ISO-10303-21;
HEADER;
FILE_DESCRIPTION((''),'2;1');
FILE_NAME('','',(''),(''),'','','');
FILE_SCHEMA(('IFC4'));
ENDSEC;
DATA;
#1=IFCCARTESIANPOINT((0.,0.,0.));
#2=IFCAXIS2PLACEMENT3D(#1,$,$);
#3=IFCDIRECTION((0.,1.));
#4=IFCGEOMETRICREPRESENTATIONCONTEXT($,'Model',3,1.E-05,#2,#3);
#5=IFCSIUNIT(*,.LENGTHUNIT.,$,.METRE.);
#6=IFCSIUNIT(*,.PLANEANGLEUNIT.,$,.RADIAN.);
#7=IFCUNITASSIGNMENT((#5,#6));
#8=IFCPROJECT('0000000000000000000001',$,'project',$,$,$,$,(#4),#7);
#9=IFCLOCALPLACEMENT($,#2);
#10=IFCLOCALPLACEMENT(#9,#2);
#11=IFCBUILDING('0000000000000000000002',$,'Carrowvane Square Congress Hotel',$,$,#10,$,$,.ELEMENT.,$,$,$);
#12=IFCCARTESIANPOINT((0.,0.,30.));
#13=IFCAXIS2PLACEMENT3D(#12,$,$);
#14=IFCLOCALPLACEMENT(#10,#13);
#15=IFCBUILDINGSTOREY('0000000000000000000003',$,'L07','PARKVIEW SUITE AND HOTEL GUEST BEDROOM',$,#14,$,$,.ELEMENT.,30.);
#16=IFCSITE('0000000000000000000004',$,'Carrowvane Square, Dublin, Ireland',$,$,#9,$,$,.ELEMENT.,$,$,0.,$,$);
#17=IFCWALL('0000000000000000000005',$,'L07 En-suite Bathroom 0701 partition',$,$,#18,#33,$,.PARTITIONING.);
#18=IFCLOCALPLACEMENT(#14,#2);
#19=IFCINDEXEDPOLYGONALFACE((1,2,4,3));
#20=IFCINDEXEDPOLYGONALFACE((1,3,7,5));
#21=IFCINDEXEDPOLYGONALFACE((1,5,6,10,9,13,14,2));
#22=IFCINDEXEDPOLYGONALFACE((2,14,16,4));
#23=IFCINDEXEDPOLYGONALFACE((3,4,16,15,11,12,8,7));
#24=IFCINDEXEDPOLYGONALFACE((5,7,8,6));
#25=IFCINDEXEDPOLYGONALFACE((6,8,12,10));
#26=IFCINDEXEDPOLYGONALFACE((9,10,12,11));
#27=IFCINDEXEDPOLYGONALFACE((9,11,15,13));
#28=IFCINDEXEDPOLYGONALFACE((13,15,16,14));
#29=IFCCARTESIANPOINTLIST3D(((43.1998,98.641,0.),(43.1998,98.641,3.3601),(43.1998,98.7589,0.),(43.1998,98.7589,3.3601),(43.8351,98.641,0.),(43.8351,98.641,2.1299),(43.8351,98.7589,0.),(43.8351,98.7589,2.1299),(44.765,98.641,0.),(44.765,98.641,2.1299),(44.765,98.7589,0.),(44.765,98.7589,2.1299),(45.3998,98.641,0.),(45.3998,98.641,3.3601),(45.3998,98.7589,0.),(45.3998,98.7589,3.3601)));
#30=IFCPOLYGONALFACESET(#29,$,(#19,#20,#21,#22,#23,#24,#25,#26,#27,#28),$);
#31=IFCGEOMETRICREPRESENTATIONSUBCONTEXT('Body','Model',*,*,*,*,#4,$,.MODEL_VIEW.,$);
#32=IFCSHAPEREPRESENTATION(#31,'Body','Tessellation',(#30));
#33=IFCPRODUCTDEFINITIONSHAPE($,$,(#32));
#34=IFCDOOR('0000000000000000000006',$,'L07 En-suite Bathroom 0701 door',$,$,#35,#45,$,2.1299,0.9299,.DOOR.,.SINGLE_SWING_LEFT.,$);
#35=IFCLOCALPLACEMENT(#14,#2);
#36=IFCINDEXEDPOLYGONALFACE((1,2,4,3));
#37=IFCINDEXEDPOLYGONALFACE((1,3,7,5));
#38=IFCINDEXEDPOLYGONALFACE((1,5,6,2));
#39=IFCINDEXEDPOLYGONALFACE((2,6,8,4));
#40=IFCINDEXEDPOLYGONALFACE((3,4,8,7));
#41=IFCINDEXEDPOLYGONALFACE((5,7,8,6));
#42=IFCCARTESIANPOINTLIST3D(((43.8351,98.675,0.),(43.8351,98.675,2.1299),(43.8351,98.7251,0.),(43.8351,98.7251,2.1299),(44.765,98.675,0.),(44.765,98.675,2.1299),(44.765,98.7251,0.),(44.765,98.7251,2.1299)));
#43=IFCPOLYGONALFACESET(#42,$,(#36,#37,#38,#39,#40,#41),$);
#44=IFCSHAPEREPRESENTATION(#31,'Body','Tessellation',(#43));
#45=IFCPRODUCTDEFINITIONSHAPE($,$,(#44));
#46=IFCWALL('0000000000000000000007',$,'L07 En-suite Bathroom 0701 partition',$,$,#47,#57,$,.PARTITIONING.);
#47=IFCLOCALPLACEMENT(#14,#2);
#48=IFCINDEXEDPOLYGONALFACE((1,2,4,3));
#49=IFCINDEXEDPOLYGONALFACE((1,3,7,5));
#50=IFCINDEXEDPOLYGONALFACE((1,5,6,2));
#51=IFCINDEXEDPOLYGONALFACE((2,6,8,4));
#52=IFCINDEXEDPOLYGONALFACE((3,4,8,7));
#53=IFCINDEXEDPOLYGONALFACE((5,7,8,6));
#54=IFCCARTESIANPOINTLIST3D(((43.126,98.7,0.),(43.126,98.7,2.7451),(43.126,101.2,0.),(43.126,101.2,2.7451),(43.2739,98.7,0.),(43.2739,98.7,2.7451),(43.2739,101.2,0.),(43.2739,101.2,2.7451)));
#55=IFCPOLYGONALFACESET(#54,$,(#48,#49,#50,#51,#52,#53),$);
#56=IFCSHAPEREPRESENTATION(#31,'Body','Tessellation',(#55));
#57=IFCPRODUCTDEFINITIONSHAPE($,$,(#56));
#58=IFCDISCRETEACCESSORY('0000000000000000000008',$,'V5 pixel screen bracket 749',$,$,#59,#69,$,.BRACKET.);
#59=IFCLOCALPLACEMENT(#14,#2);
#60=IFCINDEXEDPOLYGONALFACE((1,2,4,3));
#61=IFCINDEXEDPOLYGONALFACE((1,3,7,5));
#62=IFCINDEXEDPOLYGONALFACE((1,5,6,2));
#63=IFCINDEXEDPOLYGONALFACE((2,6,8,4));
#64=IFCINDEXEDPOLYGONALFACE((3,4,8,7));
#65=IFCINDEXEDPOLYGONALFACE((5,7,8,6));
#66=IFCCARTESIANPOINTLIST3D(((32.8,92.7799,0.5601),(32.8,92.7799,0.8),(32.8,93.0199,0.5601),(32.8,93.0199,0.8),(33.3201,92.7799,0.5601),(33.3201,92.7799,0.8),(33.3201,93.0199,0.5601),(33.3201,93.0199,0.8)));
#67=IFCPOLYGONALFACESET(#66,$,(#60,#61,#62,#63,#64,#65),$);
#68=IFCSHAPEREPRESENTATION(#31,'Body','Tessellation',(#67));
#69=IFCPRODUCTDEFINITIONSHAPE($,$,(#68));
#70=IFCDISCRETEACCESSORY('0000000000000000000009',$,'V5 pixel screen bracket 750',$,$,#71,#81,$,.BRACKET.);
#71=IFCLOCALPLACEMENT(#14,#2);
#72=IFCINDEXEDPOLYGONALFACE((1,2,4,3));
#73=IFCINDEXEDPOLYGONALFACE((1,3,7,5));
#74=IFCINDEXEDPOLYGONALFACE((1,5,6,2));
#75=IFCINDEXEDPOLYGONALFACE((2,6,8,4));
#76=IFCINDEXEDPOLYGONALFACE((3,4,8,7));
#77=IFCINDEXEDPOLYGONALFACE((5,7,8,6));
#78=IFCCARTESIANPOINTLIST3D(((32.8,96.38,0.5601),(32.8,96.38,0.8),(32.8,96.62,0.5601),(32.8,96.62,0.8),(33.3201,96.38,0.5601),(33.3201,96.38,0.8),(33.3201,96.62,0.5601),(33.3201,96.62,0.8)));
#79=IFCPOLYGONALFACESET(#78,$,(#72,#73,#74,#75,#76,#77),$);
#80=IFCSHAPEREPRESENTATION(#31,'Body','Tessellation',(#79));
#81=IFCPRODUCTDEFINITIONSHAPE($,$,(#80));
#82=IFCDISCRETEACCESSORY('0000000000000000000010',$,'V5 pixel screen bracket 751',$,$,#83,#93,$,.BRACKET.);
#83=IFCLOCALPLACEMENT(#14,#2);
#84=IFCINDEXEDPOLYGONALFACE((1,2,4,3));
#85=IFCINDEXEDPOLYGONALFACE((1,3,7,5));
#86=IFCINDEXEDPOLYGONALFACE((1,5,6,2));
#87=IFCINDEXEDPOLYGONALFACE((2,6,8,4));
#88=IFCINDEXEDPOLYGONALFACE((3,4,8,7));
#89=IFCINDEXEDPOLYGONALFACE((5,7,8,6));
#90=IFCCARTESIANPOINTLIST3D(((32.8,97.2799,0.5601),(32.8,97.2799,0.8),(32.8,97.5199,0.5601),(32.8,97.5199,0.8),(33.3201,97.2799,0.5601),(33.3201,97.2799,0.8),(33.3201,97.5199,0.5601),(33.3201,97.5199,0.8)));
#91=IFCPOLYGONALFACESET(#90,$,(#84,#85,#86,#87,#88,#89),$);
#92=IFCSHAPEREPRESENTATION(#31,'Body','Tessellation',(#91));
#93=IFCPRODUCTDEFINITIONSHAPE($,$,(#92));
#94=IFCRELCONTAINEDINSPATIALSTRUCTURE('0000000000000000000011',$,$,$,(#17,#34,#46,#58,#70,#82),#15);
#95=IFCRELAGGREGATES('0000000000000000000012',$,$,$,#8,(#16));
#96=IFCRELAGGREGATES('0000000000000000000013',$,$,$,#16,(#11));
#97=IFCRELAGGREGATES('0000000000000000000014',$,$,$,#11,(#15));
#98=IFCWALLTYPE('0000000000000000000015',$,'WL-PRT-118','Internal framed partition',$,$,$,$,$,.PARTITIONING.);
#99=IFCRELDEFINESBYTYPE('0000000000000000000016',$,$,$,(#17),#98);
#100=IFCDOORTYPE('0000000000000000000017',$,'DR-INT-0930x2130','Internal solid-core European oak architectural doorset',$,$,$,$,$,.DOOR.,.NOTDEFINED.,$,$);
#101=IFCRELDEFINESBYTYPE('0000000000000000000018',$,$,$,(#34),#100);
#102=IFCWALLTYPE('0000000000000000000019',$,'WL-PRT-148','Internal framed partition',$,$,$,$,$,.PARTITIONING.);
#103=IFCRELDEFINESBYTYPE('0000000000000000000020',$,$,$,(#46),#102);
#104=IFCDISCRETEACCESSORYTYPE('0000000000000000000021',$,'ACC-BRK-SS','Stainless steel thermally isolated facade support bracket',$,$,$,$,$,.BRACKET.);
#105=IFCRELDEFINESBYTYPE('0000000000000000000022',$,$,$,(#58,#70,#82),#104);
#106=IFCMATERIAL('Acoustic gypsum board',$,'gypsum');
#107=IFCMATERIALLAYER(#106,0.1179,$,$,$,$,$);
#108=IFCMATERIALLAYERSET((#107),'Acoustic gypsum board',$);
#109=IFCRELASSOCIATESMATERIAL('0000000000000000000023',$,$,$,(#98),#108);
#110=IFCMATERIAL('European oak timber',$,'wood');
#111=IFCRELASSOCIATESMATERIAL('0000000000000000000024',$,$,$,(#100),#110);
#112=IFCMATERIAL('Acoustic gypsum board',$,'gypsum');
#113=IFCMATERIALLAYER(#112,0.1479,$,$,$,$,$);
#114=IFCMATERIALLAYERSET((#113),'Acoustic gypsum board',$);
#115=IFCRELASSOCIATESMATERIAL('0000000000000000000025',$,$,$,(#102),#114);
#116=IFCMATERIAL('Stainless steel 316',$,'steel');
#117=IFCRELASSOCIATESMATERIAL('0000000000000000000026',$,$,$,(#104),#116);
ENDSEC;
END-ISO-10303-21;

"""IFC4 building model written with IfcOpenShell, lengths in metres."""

from ifc_helpers import new_model, si_unit, direction, frame, frame_2d, origin, origin_2d, place, context, subcontext, project, spatial, rectangle, extrude, material, layer, layer_set, type_object, element, fill, save


model = new_model("IFC4")

# Units and contexts
model_context = context("Model", 3, precision=1e-05, world=origin(), true_north=direction((0.0, 1.0)))
body_context = subcontext(model_context, "Body", "Model", "MODEL_VIEW")
ifc_project = project(units=[si_unit("LENGTHUNIT", "METRE"), si_unit("PLANEANGLEUNIT", "RADIAN")], contexts=[model_context])

# Site, building, storey
site_placement = place(None, origin())
site = spatial("IfcSite", under=ifc_project, at=site_placement, Name="Carrowvane Square, Dublin, Ireland", CompositionType="ELEMENT", RefElevation=0.0)
building_placement = place(site_placement, origin())
building = spatial("IfcBuilding", under=site, at=building_placement, Name="Carrowvane Square Congress Hotel", CompositionType="ELEMENT")
storey_placement = place(building_placement, frame((0.0, 0.0, 30.0)))
storey = spatial("IfcBuildingStorey", under=building, at=storey_placement, Name="L07", Description="PARKVIEW SUITE AND HOTEL GUEST BEDROOM", CompositionType="ELEMENT", Elevation=30.0)

# Shared definitions
ifc_material_1 = material(Name="Acoustic gypsum board", Category="gypsum")
ifc_layer_1 = layer(ifc_material_1, 0.1179)
ifc_layer_set_1 = layer_set([ifc_layer_1], Name="Acoustic gypsum board")
wall_type_1 = type_object("IfcWallType", Name="WL-PRT-118", Description="Internal framed partition", PredefinedType="PARTITIONING", material=ifc_layer_set_1)

# Wall, opening, door
wall_1_placement = place(storey_placement, frame((45.3999, 98.7, 0.0), z_axis=(0.0, 0.0, 1.0), x_axis=(-1.0, 0.0, 0.0)))
wall_1 = element("IfcWall", 1, at=wall_1_placement, inside=storey, type_object=wall_type_1, Name="L07 En-suite Bathroom 0701 partition", PredefinedType="PARTITIONING", context=body_context, shape_type="SweptSolid", body=[
    extrude(rectangle(XDim=2.2, YDim=0.1179, at=frame_2d((1.1001, 0.0))), origin(), (0.0, 0.0, 1.0), 3.3601),
])
opening_1_placement = place(wall_1_placement, frame((0.635, 0.0, 0.0)))
opening_1 = element("IfcOpeningElement", 2, at=opening_1_placement, cuts=wall_1, PredefinedType="OPENING", context=body_context, shape_type="SweptSolid", body=[
    extrude(rectangle(XDim=0.9299, YDim=2.1299, at=frame_2d((0.4648, 1.0649))), frame((0.0, 0.0688, 0.0), z_axis=(0.0, -1.0, 0.0), x_axis=(1.0, 0.0, 0.0)), (0.0, 0.0, 1.0), 0.1379),
])
ifc_material_2 = material(Name="European oak timber", Category="wood")
door_type = type_object("IfcDoorType", Name="DR-INT-0930x2130", Description="Internal solid-core European oak architectural doorset", OperationType="NOTDEFINED", PredefinedType="DOOR", material=ifc_material_2)
door_placement = place(opening_1_placement, origin())
door = element("IfcDoor", 3, at=door_placement, inside=storey, type_object=door_type, Name="L07 En-suite Bathroom 0701 door", OperationType="SINGLE_SWING_LEFT", OverallHeight=2.1299, OverallWidth=0.9299, PredefinedType="DOOR", context=body_context, shape_type="SweptSolid", body=[
    extrude(rectangle(XDim=0.9299, YDim=2.1299, at=frame_2d((0.4648, 1.0649))), frame((0.0, 0.0249, 0.0), z_axis=(0.0, -1.0, 0.0), x_axis=(1.0, 0.0, 0.0)), (0.0, 0.0, 1.0), 0.05),
])
fill(opening_1, door)

# Wall
ifc_material_3 = material(Name="Acoustic gypsum board", Category="gypsum")
ifc_layer_2 = layer(ifc_material_3, 0.1479)
ifc_layer_set_2 = layer_set([ifc_layer_2], Name="Acoustic gypsum board")
wall_type_2 = type_object("IfcWallType", Name="WL-PRT-148", Description="Internal framed partition", PredefinedType="PARTITIONING", material=ifc_layer_set_2)
wall_2_placement = place(storey_placement, frame((43.2, 98.7, 0.0), z_axis=(0.0, 0.0, 1.0), x_axis=(0.0, 1.0, 0.0)))
element("IfcWall", 4, at=wall_2_placement, inside=storey, type_object=wall_type_2, Name="L07 En-suite Bathroom 0701 partition", PredefinedType="PARTITIONING", context=body_context, shape_type="SweptSolid", body=[
    extrude(rectangle(XDim=2.5, YDim=0.1479, at=frame_2d((1.25, 0.0))), origin(), (0.0, 0.0, 1.0), 2.7451),
])

# Discrete accessories
ifc_material_4 = material(Name="Stainless steel 316", Category="steel")
discrete_accessory_type = type_object("IfcDiscreteAccessoryType", Name="ACC-BRK-SS", Description="Stainless steel thermally isolated facade support bracket", PredefinedType="BRACKET", material=ifc_material_4)
for number, where, z_axis, x_axis, name in (
    (5, (33.0601, 92.8999, 0.5601), (0.0, 0.0, 1.0), (0.0, 1.0, 0.0), "V5 pixel screen bracket 749"),
    (6, (33.0601, 96.5, 0.5601), (0.0, 0.0, 1.0), (0.0, 1.0, 0.0), "V5 pixel screen bracket 750"),
    (7, (33.0601, 97.3999, 0.5601), (0.0, 0.0, 1.0), (0.0, 1.0, 0.0), "V5 pixel screen bracket 751"),
):
    element("IfcDiscreteAccessory", number, at=place(storey_placement, frame(where, z_axis=z_axis, x_axis=x_axis)), inside=storey, type_object=discrete_accessory_type, Name=name, PredefinedType="BRACKET", context=body_context, shape_type="SweptSolid", body=[
        extrude(rectangle(XDim=0.24, YDim=0.52, at=origin_2d()), origin(), (0.0, 0.0, 1.0), 0.24),
    ])

save(model, "model.ifc")
